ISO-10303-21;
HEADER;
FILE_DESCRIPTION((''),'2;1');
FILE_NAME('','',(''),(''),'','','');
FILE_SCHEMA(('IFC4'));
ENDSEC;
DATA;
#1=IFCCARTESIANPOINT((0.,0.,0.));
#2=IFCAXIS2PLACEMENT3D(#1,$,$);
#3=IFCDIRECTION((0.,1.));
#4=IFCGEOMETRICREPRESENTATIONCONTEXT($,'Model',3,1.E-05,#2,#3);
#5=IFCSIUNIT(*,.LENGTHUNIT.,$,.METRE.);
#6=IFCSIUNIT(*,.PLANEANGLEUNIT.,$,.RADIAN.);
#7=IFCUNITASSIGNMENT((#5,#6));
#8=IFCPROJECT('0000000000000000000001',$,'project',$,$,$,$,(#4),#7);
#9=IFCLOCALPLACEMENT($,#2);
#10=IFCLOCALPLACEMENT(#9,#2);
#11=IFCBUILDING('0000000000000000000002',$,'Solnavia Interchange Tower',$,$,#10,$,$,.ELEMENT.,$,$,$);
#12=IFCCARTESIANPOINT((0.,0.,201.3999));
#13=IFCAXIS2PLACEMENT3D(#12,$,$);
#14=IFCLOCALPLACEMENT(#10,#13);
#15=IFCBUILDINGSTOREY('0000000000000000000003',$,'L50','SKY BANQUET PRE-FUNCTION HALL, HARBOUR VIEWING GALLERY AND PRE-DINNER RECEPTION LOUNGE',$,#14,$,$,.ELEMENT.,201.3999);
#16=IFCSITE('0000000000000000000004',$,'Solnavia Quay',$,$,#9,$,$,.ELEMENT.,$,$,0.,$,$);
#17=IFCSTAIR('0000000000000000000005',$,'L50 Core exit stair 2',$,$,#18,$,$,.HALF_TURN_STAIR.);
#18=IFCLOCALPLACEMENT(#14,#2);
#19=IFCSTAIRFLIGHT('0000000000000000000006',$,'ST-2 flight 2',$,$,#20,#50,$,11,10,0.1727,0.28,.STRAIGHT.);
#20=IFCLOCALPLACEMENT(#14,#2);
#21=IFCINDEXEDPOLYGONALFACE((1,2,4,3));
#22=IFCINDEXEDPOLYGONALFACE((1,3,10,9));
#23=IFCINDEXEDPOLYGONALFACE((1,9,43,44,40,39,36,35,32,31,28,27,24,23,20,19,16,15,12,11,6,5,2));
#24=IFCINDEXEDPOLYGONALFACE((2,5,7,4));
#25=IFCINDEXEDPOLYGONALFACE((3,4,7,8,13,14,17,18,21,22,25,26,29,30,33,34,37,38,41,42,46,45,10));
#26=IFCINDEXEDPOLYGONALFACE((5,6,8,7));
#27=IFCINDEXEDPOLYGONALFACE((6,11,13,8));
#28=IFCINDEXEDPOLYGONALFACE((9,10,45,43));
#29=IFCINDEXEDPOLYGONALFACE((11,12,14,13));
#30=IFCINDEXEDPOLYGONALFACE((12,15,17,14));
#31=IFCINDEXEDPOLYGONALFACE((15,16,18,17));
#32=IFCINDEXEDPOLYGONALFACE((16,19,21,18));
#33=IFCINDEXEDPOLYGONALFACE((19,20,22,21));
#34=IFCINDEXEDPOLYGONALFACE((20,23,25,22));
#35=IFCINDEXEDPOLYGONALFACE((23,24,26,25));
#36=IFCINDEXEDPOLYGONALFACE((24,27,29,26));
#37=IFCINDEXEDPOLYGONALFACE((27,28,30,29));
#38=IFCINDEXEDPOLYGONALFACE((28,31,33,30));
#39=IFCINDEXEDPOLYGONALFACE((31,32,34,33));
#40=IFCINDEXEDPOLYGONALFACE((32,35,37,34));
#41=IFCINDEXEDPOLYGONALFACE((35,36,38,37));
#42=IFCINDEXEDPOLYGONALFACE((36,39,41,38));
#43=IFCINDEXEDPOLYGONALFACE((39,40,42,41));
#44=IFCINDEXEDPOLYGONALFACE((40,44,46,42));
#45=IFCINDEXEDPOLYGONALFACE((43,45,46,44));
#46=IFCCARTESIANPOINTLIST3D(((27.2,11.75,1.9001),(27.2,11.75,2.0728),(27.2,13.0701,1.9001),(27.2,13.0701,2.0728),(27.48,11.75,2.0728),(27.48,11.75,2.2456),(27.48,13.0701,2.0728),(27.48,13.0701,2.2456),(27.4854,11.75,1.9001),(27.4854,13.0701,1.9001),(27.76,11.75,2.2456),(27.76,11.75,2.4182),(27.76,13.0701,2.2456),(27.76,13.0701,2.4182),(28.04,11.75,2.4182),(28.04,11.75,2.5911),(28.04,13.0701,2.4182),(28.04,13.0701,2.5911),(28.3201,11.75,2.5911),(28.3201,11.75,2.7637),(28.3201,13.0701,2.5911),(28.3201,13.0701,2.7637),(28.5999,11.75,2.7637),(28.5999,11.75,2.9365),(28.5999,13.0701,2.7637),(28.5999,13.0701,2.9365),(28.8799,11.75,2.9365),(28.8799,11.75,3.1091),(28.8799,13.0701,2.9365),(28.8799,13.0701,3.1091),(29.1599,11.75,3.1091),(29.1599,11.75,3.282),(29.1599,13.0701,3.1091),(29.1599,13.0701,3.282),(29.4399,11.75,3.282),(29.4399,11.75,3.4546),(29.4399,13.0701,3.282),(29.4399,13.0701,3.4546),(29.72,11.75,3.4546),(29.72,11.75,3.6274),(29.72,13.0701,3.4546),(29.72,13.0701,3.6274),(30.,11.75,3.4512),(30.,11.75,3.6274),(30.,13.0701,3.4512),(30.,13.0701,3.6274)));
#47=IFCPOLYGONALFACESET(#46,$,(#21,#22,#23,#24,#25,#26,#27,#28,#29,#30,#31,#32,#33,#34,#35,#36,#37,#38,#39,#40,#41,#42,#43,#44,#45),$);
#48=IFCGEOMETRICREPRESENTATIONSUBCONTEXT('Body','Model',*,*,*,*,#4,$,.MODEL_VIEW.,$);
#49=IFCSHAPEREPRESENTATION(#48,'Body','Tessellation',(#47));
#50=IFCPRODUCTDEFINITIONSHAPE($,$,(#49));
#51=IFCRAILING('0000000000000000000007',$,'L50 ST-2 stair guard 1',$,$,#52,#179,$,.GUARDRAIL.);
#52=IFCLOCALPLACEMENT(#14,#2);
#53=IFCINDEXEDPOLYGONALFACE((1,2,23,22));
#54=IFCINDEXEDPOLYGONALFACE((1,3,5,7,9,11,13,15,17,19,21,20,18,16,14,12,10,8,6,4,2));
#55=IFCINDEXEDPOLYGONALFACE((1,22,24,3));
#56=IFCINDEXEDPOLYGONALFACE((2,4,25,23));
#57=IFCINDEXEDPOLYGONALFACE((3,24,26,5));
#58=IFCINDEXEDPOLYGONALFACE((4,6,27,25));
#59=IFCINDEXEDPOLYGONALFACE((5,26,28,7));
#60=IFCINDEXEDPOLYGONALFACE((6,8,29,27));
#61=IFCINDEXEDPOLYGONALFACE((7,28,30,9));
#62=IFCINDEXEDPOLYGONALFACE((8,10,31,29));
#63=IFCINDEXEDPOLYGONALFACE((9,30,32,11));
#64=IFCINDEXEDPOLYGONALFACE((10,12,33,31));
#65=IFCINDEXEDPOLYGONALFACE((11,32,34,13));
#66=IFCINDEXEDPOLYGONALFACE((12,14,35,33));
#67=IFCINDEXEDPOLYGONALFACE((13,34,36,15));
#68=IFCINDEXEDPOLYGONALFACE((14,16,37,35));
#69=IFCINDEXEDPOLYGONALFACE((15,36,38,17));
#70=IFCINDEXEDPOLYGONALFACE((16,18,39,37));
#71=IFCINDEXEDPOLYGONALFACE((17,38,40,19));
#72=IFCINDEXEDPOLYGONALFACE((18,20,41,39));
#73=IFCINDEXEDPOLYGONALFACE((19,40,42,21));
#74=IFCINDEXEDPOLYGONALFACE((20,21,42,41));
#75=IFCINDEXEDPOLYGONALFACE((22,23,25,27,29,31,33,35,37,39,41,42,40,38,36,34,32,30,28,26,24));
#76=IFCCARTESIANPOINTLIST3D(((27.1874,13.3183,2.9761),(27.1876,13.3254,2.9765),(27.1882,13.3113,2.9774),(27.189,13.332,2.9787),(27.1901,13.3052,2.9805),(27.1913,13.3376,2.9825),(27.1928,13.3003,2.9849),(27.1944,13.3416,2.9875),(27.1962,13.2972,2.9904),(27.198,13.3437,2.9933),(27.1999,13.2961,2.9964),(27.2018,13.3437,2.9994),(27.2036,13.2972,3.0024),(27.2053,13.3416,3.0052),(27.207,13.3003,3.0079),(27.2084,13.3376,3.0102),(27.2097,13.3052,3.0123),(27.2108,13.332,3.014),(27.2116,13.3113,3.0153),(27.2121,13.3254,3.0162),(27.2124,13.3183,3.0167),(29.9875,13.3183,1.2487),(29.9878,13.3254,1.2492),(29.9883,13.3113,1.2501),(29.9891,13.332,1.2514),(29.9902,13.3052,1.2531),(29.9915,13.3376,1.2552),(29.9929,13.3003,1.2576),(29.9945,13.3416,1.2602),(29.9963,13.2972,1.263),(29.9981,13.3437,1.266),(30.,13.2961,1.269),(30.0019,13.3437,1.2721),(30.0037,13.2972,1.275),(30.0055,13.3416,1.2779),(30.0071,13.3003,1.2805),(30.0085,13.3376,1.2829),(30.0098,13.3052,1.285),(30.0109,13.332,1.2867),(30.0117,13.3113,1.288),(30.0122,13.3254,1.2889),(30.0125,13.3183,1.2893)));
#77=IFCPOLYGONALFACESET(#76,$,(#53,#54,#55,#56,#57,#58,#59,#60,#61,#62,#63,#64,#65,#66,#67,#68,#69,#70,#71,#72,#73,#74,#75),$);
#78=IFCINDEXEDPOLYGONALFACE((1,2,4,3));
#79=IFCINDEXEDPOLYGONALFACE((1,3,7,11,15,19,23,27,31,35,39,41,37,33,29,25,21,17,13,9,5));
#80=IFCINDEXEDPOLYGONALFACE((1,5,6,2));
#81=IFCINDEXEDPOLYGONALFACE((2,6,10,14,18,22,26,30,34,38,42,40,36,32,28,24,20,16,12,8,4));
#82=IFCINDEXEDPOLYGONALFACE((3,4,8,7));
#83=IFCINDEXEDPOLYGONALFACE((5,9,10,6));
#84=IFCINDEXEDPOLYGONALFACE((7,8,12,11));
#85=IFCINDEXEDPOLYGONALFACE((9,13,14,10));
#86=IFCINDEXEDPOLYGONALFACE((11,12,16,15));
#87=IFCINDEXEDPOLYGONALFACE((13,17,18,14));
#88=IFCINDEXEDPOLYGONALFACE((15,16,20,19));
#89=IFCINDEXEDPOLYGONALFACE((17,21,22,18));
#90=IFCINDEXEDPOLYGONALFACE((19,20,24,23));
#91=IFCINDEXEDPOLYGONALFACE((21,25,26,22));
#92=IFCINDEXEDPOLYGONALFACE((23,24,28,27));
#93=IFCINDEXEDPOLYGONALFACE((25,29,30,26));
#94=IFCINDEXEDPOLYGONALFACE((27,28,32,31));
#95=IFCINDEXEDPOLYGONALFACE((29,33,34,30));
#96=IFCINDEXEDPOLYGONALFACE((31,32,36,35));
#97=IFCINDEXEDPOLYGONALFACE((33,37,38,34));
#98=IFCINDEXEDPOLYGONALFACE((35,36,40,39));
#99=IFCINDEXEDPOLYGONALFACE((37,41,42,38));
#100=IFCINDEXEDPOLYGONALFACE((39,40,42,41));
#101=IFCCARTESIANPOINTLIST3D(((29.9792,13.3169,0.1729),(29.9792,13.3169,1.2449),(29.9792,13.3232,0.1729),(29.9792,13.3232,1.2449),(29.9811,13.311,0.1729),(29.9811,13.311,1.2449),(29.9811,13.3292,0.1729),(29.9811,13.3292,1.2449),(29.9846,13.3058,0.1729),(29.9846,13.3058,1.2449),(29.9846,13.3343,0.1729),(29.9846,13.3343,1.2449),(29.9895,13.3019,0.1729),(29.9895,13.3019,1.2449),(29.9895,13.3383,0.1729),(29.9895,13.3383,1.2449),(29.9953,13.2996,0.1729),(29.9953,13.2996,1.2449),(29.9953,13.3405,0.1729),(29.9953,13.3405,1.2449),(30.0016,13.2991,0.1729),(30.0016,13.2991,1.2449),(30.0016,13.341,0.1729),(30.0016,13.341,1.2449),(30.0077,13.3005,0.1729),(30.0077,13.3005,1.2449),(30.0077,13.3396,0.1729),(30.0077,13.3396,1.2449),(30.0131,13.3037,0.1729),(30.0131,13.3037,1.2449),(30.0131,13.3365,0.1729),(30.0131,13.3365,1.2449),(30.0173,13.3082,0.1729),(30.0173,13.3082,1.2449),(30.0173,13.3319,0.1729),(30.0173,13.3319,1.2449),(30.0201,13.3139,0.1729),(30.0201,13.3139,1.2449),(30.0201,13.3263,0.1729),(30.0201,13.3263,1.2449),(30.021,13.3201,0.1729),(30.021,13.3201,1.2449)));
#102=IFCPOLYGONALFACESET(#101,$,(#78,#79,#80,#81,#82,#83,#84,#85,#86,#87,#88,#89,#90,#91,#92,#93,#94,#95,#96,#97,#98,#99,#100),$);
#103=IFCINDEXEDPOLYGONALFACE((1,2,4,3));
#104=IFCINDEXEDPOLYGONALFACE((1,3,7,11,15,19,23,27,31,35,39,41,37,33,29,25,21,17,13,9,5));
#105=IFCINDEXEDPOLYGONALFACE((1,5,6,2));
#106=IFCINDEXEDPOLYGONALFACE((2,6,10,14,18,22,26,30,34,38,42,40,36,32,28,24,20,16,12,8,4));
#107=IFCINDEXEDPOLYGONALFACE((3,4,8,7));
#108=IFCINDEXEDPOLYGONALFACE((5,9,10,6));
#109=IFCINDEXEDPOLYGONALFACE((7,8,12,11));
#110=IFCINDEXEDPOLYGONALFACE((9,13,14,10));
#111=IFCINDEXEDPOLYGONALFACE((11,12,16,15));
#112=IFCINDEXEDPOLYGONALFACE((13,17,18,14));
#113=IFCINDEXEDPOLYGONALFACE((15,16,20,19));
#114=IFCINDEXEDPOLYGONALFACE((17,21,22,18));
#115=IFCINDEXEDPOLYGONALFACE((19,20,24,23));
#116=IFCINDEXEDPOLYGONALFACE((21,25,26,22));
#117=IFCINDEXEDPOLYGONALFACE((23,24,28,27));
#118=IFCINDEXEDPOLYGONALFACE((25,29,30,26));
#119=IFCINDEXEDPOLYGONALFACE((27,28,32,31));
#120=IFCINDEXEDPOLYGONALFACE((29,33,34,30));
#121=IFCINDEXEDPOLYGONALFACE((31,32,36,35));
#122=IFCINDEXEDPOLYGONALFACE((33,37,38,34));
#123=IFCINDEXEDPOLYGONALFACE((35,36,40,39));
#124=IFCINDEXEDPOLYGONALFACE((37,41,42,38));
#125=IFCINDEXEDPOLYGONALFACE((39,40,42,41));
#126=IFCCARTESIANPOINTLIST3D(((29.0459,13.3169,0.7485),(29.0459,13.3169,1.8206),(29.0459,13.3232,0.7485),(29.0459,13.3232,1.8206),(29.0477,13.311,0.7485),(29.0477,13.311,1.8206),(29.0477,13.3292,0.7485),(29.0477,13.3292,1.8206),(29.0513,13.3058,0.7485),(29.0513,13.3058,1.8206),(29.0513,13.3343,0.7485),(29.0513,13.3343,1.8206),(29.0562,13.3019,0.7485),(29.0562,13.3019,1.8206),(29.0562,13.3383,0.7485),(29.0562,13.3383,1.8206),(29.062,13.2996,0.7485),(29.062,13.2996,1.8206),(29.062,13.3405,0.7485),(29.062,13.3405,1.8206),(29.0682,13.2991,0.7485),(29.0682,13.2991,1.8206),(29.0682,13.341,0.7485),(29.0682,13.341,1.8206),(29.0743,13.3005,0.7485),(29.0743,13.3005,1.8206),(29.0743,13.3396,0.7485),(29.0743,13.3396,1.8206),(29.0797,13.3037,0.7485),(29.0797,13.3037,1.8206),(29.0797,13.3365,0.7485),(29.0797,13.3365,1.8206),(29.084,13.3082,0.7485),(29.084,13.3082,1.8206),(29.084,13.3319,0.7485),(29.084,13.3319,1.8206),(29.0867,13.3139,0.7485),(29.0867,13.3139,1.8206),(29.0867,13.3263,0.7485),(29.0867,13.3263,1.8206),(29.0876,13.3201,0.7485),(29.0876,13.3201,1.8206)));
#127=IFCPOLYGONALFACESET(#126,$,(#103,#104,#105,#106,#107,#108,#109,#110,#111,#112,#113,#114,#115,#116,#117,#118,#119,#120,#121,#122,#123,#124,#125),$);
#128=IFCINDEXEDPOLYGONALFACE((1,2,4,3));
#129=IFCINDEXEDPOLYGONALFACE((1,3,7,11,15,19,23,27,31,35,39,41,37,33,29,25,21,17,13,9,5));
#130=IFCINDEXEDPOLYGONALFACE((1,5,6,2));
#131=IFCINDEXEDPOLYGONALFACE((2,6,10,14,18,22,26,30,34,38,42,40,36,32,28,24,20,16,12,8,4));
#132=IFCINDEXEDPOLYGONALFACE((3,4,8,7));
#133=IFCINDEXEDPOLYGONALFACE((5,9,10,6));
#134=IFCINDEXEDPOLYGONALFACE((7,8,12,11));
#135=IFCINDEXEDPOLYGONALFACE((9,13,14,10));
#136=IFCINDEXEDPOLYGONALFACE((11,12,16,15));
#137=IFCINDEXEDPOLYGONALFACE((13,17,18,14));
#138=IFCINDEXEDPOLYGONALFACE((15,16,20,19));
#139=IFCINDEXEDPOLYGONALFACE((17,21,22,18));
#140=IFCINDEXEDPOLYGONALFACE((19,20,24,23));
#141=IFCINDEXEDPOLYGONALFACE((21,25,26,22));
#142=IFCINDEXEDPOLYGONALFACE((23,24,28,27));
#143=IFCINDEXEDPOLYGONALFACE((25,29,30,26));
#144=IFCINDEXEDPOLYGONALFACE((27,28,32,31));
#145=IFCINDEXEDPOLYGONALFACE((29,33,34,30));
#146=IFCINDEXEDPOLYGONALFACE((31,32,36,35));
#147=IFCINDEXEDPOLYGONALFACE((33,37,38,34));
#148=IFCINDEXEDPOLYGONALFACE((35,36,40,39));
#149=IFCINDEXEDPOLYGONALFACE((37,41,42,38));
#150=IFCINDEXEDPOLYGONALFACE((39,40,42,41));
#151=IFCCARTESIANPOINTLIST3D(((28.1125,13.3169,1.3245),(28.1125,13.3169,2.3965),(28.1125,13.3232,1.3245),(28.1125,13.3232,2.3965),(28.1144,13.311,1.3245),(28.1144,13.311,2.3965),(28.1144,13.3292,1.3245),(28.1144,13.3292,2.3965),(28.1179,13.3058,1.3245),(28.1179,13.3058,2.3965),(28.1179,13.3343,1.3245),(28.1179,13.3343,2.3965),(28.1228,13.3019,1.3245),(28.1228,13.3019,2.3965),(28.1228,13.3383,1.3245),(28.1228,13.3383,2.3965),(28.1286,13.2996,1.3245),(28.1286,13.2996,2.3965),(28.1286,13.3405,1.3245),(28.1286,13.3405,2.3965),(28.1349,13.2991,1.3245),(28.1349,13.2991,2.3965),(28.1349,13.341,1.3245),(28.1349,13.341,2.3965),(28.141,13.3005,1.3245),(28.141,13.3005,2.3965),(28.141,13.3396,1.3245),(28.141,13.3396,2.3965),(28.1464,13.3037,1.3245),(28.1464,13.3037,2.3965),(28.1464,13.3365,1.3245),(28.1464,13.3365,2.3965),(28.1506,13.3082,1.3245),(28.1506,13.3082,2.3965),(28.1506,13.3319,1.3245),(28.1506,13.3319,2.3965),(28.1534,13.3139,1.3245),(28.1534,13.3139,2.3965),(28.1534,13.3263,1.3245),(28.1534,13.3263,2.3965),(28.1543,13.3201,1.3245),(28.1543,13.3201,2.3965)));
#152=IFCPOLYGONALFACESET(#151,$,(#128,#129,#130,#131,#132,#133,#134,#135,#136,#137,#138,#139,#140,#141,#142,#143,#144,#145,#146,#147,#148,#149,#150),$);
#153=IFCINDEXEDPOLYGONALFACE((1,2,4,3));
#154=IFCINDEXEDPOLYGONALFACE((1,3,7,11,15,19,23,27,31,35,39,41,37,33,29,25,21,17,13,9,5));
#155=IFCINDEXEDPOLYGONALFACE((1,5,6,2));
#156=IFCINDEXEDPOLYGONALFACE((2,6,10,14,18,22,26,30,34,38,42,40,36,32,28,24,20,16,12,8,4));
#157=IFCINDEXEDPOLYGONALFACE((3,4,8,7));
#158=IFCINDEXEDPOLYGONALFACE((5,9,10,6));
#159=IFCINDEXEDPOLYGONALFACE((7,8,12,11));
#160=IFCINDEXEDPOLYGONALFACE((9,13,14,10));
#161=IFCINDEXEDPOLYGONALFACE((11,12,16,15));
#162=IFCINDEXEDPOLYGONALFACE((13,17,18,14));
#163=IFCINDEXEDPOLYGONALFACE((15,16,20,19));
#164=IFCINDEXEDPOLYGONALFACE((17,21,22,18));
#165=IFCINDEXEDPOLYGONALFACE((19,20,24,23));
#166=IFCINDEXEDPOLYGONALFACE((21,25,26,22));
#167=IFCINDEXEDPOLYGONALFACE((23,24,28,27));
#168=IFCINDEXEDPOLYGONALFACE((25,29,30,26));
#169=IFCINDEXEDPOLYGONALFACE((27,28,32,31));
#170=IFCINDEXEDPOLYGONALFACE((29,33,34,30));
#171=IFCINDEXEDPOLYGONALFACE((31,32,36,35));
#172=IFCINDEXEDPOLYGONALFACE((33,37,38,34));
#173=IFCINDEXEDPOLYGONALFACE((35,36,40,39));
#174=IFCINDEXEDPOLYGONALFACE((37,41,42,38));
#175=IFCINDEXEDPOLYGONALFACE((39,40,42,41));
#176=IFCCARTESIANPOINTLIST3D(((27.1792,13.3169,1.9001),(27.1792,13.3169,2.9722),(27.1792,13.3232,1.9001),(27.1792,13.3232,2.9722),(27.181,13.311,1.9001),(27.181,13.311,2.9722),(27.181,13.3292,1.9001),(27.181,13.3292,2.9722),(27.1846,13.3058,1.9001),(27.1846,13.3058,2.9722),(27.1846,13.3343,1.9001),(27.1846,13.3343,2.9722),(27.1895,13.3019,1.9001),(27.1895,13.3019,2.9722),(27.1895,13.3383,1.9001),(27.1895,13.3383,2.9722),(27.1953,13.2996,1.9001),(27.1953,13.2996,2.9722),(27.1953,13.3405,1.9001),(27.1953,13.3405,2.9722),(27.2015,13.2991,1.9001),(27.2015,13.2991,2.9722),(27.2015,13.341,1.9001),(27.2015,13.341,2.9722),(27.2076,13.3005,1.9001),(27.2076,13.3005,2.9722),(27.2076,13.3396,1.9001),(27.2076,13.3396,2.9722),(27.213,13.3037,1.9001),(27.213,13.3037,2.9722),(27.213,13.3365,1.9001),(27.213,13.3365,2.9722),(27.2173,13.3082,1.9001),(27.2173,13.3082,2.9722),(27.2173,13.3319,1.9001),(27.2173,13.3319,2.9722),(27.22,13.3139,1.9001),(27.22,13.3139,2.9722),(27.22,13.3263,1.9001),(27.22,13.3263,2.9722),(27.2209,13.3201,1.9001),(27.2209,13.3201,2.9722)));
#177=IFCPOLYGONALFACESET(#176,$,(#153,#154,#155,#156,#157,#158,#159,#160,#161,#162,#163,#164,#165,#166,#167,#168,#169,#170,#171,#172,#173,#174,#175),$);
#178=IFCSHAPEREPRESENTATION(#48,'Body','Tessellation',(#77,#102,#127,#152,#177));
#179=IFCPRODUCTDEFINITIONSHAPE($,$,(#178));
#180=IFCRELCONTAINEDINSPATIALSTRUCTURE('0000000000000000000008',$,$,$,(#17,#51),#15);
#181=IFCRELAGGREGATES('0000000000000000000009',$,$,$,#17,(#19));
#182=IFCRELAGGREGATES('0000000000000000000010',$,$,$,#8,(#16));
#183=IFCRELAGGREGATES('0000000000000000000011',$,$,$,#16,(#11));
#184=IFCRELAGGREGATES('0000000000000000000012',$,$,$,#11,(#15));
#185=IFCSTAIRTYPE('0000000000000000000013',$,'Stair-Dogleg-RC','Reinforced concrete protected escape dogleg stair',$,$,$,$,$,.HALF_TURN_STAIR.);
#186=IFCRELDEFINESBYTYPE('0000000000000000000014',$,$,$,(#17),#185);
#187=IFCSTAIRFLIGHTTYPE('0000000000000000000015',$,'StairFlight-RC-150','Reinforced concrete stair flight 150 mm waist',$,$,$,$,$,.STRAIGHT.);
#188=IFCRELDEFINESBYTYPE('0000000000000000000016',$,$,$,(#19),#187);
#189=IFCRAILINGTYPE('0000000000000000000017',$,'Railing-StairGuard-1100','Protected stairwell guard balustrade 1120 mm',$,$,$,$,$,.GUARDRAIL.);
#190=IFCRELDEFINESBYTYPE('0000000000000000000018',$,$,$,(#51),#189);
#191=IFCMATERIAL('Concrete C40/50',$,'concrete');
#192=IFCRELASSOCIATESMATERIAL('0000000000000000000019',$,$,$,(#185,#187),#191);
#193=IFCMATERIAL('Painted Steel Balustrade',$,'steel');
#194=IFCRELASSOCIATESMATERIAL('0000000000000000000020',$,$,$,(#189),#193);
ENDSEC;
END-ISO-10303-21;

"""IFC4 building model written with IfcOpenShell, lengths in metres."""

from ifc_helpers import new_model, si_unit, direction, frame, origin, origin_2d, place, context, subcontext, project, spatial, polyline, circle, outline, extrude, material, type_object, element, aggregate, save


model = new_model("IFC4")

# Units and contexts
model_context = context("Model", 3, precision=1e-05, world=origin(), true_north=direction((0.0, 1.0)))
body_context = subcontext(model_context, "Body", "Model", "MODEL_VIEW")
ifc_project = project(units=[si_unit("LENGTHUNIT", "METRE"), si_unit("PLANEANGLEUNIT", "RADIAN")], contexts=[model_context])

# Site, building, storey
site_placement = place(None, origin())
site = spatial("IfcSite", under=ifc_project, at=site_placement, Name="Solnavia Quay", CompositionType="ELEMENT", RefElevation=0.0)
building_placement = place(site_placement, origin())
building = spatial("IfcBuilding", under=site, at=building_placement, Name="Solnavia Interchange Tower", CompositionType="ELEMENT")
storey_placement = place(building_placement, frame((0.0, 0.0, 201.3999)))
storey = spatial("IfcBuildingStorey", under=building, at=storey_placement, Name="L50", Description="SKY BANQUET PRE-FUNCTION HALL, HARBOUR VIEWING GALLERY AND PRE-DINNER RECEPTION LOUNGE", CompositionType="ELEMENT", Elevation=201.3999)

# Shared definitions
ifc_material_1 = material(Name="Concrete C40/50", Category="concrete")

# Stair, stair flight
stair_type = type_object("IfcStairType", Name="Stair-Dogleg-RC", Description="Reinforced concrete protected escape dogleg stair", PredefinedType="HALF_TURN_STAIR", material=ifc_material_1)
stair_placement = place(storey_placement, origin())
stair = element("IfcStair", 1, at=stair_placement, inside=storey, type_object=stair_type, Name="L50 Core exit stair 2", PredefinedType="HALF_TURN_STAIR")
stair_flight_type = type_object("IfcStairFlightType", Name="StairFlight-RC-150", Description="Reinforced concrete stair flight 150 mm waist", PredefinedType="STRAIGHT", material=ifc_material_1)
stair_flight_1_placement = place(storey_placement, frame((27.2, 12.4099, 1.9001), z_axis=(0.0, 0.0, 1.0), x_axis=(1.0, 0.0, 0.0)))
stair_flight_1 = element("IfcStairFlight", 2, at=stair_flight_1_placement, type_object=stair_flight_type, Name="ST-2 flight 2", NumberOfRisers=11, NumberOfTreads=10, PredefinedType="STRAIGHT", RiserHeight=0.1727, TreadLength=0.28, context=body_context, shape_type="SweptSolid", body=[
    extrude(outline(polyline([(0.0, 0.0), (0.0, 0.1726), (0.28, 0.1726), (0.28, 0.3455), (0.5601, 0.3455), (0.5601, 0.5181), (0.8401, 0.5181), (0.8401, 0.6909), (1.1201, 0.6909), (1.1201, 0.8635), (1.3999, 0.8635), (1.3999, 1.0364), (1.6799, 1.0364), (1.6799, 1.209), (1.96, 1.209), (1.96, 1.3818), (2.24, 1.3818), (2.24, 1.5544), (2.52, 1.5544), (2.52, 1.7273), (2.8, 1.7273), (2.8, 1.8999), (2.8, 1.551), (0.2854, 0.0), (0.0, 0.0)])), frame((0.0, 0.6602, 0.0), z_axis=(0.0, -1.0, 0.0), x_axis=(1.0, 0.0, 0.0)), (0.0, 0.0, 1.0), 1.3201),
])
aggregate(stair, [stair_flight_1])

# Railing
ifc_material_2 = material(Name="Painted Steel Balustrade", Category="steel")
railing_type_1 = type_object("IfcRailingType", Name="Railing-StairGuard-1100", Description="Protected stairwell guard balustrade 1120 mm", PredefinedType="GUARDRAIL", material=ifc_material_2)
railing_1_placement = place(storey_placement, frame((30.0, 13.3201, 0.1729)))
element("IfcRailing", 3, at=railing_1_placement, inside=storey, type_object=railing_type_1, Name="L50 ST-2 stair guard 1", PredefinedType="GUARDRAIL", context=body_context, shape_type="SweptSolid", body=[
    extrude(circle(Radius=0.0239, at=origin_2d()), frame((0.0, 0.0, 1.0962), z_axis=(-0.85109, 0.0, 0.52502), x_axis=(0.0, -1.0, 0.0)), (0.0, 0.0, 1.0), 3.29),
    extrude(circle(Radius=0.021, at=origin_2d()), origin(), (0.0, 0.0, 1.0), 1.072),
    extrude(circle(Radius=0.021, at=origin_2d()), frame((-0.9333, 0.0, 0.5757)), (0.0, 0.0, 1.0), 1.072),
    extrude(circle(Radius=0.021, at=origin_2d()), frame((-1.8667, 0.0, 1.1516)), (0.0, 0.0, 1.0), 1.072),
    extrude(circle(Radius=0.021, at=origin_2d()), frame((-2.8, 0.0, 1.7273)), (0.0, 0.0, 1.0), 1.072),
])

save(model, "model.ifc")
